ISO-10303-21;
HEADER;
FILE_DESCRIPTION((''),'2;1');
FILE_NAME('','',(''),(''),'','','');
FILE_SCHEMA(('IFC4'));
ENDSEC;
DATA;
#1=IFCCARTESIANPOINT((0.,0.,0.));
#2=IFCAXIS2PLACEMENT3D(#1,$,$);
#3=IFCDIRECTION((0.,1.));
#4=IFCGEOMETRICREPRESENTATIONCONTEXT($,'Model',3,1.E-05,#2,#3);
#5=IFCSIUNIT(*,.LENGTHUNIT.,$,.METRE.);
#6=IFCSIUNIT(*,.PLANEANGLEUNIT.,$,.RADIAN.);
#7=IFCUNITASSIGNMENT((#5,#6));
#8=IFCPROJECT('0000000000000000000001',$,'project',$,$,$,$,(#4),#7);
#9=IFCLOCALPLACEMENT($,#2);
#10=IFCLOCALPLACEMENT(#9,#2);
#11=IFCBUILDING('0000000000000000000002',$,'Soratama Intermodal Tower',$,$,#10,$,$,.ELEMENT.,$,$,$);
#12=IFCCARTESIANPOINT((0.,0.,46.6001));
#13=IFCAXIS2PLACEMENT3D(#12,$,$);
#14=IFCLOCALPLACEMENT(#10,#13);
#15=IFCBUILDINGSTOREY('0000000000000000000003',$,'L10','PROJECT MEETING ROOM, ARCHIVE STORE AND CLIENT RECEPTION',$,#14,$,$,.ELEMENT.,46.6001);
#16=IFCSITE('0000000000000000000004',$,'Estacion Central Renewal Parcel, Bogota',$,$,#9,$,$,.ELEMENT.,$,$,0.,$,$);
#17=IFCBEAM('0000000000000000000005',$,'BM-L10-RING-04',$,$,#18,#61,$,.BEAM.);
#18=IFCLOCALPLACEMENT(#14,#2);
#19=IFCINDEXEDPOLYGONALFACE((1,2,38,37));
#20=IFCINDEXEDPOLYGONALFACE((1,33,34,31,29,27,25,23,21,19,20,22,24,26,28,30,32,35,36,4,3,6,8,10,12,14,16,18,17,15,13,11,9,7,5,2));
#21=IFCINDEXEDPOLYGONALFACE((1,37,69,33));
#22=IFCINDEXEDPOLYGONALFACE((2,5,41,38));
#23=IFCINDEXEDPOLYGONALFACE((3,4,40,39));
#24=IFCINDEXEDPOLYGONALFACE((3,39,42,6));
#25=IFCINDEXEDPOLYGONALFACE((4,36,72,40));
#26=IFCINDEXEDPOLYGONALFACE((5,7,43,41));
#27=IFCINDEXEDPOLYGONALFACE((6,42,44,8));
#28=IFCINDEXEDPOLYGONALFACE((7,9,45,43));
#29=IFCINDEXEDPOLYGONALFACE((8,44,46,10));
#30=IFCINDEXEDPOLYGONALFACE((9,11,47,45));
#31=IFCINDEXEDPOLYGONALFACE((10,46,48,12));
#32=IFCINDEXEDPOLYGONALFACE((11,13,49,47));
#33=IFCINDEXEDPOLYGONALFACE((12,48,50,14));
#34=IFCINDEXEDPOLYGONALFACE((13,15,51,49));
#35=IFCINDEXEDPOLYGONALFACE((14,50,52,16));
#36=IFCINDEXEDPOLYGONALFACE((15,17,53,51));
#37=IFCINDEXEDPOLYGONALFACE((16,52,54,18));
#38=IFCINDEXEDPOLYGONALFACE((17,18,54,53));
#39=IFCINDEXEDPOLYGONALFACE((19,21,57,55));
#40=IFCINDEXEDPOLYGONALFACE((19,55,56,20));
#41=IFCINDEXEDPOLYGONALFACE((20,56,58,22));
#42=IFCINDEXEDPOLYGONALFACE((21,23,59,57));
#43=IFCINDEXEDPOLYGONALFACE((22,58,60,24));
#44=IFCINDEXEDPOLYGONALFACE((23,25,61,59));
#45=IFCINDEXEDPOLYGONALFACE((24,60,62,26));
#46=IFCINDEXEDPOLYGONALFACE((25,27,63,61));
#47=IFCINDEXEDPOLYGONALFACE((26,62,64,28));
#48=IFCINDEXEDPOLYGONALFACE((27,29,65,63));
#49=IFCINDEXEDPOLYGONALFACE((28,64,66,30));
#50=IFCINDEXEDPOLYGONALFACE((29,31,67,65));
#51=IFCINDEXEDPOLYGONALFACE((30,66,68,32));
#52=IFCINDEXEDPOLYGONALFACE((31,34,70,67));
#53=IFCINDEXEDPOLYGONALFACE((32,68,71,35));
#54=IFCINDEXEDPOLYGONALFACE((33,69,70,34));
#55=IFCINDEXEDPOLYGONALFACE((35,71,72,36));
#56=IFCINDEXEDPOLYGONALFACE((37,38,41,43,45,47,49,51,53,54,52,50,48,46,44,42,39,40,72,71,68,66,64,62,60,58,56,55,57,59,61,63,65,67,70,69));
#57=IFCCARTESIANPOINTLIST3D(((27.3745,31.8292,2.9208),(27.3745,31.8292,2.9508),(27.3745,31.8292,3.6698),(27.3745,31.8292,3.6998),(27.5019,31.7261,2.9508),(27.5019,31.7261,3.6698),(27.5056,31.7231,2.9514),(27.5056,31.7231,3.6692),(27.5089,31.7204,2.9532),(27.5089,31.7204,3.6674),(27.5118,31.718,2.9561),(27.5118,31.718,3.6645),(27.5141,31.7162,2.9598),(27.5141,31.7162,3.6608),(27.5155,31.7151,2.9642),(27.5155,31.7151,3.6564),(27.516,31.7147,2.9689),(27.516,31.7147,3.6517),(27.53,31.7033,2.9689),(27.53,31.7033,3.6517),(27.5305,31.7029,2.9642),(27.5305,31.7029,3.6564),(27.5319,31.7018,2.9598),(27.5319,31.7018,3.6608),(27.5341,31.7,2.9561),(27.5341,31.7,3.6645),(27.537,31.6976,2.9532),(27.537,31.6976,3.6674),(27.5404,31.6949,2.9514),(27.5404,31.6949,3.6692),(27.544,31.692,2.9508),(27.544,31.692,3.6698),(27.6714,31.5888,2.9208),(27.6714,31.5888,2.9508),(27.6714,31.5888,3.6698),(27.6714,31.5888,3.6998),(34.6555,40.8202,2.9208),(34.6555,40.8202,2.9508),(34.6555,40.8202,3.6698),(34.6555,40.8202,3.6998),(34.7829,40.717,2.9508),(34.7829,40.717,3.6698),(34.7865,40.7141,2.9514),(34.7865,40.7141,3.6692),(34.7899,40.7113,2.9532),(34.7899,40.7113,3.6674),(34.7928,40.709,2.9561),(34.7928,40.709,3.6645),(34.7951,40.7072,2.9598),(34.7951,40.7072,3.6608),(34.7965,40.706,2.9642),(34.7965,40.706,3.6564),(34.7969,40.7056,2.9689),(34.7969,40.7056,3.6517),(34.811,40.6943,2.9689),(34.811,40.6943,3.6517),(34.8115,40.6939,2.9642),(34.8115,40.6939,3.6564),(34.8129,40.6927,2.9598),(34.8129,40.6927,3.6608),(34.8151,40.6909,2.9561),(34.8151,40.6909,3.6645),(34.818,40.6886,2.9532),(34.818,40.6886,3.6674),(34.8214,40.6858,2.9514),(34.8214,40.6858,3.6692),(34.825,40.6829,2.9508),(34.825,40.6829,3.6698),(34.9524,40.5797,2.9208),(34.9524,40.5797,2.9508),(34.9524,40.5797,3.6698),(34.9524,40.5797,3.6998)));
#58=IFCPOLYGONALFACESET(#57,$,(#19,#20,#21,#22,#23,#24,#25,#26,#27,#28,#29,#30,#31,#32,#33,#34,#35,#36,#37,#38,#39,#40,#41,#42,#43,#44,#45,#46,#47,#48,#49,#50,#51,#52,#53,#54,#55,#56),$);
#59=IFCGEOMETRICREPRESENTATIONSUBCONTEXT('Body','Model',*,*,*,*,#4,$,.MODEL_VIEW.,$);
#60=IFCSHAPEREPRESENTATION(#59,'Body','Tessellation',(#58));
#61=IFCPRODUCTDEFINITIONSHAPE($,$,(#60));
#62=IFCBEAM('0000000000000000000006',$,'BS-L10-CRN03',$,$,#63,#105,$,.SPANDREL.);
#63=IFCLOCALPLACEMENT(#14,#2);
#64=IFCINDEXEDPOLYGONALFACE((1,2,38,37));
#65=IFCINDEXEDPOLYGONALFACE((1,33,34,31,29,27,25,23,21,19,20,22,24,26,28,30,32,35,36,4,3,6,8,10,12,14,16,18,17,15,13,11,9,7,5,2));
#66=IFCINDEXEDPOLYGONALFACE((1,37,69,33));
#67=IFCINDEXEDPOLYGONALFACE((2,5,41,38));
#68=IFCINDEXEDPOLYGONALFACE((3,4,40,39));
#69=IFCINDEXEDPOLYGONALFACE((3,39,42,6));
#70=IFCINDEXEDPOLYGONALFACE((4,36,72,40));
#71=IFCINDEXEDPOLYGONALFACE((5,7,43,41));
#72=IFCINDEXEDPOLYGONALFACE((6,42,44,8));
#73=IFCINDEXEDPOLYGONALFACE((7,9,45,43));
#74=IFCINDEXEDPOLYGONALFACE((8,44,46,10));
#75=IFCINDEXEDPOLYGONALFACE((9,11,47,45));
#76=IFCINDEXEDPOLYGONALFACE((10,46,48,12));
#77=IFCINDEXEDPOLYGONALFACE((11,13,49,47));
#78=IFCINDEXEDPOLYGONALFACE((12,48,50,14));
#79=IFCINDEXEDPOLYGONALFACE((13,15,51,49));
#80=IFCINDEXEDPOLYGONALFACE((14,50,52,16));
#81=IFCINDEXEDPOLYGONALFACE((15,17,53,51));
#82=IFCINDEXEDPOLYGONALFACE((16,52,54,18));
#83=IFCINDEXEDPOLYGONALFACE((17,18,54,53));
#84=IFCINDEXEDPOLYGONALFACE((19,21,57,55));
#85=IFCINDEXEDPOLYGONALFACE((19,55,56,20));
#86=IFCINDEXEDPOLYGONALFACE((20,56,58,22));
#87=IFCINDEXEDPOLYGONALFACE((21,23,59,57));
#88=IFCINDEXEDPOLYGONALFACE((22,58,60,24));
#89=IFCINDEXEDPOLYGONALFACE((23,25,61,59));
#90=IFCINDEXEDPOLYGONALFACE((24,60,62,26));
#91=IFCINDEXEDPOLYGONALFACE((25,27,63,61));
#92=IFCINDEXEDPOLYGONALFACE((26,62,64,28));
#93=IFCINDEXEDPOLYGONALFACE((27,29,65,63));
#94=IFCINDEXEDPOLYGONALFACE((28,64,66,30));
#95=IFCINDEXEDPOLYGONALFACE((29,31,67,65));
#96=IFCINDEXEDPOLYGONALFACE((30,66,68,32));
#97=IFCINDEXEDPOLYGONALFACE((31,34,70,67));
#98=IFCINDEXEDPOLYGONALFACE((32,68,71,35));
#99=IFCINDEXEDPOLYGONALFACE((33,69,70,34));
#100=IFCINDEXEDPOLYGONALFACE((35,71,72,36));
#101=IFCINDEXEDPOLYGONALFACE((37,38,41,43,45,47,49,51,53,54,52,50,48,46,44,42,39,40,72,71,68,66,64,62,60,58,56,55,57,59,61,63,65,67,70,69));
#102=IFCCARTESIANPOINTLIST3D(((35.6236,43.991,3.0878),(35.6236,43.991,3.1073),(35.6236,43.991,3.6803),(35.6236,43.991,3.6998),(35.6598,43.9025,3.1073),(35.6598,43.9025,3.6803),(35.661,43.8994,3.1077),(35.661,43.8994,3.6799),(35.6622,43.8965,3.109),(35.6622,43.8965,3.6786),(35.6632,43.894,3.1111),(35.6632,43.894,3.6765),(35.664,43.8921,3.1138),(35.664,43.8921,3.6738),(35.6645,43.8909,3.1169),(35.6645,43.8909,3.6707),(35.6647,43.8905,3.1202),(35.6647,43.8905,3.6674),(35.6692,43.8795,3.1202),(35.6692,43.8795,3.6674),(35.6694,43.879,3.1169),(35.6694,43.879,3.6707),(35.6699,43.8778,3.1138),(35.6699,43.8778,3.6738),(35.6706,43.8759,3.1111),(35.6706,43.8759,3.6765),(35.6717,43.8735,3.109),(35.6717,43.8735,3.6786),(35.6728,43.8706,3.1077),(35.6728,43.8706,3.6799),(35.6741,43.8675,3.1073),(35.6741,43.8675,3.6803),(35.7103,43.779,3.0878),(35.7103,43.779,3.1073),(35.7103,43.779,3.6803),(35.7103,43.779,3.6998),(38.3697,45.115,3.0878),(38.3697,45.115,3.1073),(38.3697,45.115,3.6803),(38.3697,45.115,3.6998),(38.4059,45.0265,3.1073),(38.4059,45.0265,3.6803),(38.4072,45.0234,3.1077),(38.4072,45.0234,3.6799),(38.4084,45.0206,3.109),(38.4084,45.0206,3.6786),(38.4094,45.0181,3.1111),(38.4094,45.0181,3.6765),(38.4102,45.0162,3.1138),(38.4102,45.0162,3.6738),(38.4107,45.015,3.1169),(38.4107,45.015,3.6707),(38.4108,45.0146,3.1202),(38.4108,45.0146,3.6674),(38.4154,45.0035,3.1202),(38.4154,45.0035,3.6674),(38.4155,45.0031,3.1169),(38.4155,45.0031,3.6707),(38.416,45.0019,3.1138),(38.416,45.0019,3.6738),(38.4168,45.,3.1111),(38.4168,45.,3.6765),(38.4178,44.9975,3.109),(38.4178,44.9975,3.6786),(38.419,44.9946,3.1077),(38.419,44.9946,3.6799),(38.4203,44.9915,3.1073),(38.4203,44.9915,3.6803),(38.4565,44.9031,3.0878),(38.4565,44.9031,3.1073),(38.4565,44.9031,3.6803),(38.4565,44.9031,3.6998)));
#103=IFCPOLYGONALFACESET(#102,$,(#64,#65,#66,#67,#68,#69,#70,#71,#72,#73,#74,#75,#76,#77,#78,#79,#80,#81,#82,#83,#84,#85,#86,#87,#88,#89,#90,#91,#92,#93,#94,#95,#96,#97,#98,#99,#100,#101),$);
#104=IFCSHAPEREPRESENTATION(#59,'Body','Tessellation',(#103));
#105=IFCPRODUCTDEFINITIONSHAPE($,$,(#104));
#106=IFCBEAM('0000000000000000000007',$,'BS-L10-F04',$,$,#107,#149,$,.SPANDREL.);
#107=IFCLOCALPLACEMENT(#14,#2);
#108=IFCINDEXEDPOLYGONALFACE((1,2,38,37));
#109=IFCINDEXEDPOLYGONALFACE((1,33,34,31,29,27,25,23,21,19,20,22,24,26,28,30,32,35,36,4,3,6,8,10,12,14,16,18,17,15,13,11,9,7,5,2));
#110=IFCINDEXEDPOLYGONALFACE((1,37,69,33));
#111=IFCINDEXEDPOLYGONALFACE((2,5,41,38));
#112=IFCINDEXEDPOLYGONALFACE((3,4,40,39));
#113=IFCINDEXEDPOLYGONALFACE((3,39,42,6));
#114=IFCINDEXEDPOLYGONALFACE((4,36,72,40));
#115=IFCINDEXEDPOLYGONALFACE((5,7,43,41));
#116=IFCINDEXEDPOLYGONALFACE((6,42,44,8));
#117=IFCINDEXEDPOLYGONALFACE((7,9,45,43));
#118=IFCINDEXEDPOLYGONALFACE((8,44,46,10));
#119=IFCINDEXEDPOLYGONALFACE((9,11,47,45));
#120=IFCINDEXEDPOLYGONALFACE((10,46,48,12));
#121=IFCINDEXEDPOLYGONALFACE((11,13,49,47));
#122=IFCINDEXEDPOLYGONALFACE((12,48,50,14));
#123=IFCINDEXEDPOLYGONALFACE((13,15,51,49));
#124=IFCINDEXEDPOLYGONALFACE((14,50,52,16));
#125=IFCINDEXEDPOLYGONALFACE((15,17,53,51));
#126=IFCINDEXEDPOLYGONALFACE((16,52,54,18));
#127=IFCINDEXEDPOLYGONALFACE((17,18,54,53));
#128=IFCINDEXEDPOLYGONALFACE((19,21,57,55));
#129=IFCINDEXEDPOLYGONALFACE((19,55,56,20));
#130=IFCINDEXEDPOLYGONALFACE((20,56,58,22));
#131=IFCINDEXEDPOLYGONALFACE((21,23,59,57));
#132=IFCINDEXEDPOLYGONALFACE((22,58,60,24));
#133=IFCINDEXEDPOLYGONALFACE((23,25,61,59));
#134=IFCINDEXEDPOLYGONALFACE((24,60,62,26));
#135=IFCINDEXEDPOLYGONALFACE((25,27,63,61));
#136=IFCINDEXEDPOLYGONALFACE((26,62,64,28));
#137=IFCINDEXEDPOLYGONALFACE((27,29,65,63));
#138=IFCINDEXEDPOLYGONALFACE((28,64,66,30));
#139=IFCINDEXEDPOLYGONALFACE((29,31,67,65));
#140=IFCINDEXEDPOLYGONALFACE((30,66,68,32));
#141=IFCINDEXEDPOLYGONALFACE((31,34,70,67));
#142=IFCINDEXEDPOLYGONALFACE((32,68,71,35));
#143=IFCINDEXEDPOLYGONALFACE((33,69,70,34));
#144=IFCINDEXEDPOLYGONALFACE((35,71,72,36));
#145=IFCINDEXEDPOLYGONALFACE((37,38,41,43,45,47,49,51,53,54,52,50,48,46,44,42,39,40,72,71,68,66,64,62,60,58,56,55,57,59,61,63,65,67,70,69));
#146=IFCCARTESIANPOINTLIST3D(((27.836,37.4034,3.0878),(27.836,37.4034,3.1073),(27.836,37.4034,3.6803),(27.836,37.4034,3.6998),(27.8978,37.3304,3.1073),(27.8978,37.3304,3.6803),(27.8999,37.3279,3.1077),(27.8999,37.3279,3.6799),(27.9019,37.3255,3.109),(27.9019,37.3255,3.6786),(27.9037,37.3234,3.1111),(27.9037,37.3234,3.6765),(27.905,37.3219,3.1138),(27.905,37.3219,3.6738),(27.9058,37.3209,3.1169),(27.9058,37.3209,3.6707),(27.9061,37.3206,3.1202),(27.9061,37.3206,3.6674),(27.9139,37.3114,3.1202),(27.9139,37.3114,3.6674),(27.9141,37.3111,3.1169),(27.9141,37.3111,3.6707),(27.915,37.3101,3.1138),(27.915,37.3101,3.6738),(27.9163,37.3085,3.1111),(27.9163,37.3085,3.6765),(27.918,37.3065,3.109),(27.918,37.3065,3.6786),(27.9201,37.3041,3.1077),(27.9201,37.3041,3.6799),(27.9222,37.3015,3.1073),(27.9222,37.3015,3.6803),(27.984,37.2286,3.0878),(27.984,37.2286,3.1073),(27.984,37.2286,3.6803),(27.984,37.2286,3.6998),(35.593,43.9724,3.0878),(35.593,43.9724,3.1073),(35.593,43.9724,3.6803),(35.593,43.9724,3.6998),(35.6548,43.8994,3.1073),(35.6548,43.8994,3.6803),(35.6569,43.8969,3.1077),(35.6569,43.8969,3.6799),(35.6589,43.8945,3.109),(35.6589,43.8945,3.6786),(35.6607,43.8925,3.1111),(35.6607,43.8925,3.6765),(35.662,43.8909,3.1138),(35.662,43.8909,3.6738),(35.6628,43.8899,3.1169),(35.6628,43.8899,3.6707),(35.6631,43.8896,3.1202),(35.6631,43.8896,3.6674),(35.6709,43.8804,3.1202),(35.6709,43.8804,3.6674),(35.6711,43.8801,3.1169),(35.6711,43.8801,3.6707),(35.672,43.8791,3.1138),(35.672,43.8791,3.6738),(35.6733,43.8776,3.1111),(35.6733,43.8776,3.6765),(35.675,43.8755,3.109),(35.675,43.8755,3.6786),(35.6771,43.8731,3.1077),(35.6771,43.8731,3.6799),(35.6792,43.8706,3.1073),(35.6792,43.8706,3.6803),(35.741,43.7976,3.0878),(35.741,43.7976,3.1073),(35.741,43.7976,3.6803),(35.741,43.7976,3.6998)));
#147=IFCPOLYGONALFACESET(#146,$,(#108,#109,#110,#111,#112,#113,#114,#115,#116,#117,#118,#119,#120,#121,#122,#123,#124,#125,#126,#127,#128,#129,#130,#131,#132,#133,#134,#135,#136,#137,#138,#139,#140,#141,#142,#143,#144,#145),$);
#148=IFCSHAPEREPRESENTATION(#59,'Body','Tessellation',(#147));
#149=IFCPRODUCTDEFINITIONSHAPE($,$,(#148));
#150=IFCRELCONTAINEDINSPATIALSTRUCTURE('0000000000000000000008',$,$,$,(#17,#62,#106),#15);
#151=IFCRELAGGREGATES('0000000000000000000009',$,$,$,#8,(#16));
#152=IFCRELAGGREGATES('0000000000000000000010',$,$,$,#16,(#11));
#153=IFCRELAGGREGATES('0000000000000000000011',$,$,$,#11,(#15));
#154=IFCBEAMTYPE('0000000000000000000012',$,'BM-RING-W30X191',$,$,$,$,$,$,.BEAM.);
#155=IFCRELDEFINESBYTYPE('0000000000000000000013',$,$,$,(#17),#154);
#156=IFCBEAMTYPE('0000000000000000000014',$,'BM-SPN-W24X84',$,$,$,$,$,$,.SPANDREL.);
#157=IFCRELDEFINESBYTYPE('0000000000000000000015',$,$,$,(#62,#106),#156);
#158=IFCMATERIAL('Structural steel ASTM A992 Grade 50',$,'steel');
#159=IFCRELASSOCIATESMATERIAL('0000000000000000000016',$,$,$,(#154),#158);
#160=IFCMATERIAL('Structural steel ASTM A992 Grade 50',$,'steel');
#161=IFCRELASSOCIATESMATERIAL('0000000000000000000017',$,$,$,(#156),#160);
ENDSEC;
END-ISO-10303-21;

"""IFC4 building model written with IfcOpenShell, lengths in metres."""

from ifc_helpers import new_model, si_unit, direction, frame, origin, origin_2d, place, context, subcontext, project, spatial, i_section, extrude, material, material_profile, profile_set, type_object, element, save


model = new_model("IFC4")

# Units and contexts
model_context = context("Model", 3, precision=1e-05, world=origin(), true_north=direction((0.0, 1.0)))
body_context = subcontext(model_context, "Body", "Model", "MODEL_VIEW")
ifc_project = project(units=[si_unit("LENGTHUNIT", "METRE"), si_unit("PLANEANGLEUNIT", "RADIAN")], contexts=[model_context])

# Site, building, storey
site_placement = place(None, origin())
site = spatial("IfcSite", under=ifc_project, at=site_placement, Name="Estacion Central Renewal Parcel, Bogota", CompositionType="ELEMENT", RefElevation=0.0)
building_placement = place(site_placement, origin())
building = spatial("IfcBuilding", under=site, at=building_placement, Name="Soratama Intermodal Tower", CompositionType="ELEMENT")
storey_placement = place(building_placement, frame((0.0, 0.0, 46.6001)))
storey = spatial("IfcBuildingStorey", under=building, at=storey_placement, Name="L10", Description="PROJECT MEETING ROOM, ARCHIVE STORE AND CLIENT RECEPTION", CompositionType="ELEMENT", Elevation=46.6001)

# Beams
ifc_material_1 = material(Name="Structural steel ASTM A992 Grade 50", Category="steel")
ifc_material_profile_1 = material_profile(ifc_material_1, i_section(OverallWidth=0.3821, OverallDepth=0.7791, WebThickness=0.0181, FlangeThickness=0.03, FilletRadius=0.0181, at=origin_2d()), Name="W30X191")
ifc_profile_set_1 = profile_set([ifc_material_profile_1], Name="Structural steel ASTM A992 Grade 50")
beam_type_1 = type_object("IfcBeamType", Name="BM-RING-W30X191", PredefinedType="BEAM", material=ifc_profile_set_1)
beam_1_placement = place(storey_placement, frame((34.804, 40.7, 3.3103), z_axis=(-0.629334, -0.777135, 0.0), x_axis=(0.777135, -0.629334, 0.0)))
element("IfcBeam", 1, at=beam_1_placement, inside=storey, type_object=beam_type_1, Name="BM-L10-RING-04", PredefinedType="BEAM", context=body_context, shape_type="SweptSolid", body=[
    extrude(i_section(OverallWidth=0.3821, OverallDepth=0.7791, WebThickness=0.0181, FlangeThickness=0.03, FilletRadius=0.0181, at=origin_2d()), origin(), (0.0, 0.0, 1.0), 11.5693),
])
ifc_material_2 = material(Name="Structural steel ASTM A992 Grade 50", Category="steel")
ifc_material_profile_2 = material_profile(ifc_material_2, i_section(OverallWidth=0.229, OverallDepth=0.6121, WebThickness=0.012, FlangeThickness=0.0195, FilletRadius=0.0129, at=origin_2d()), Name="W24X84")
ifc_profile_set_2 = profile_set([ifc_material_profile_2], Name="Structural steel ASTM A992 Grade 50")
beam_type_2 = type_object("IfcBeamType", Name="BM-SPN-W24X84", PredefinedType="SPANDREL", material=ifc_profile_set_2)
beam_2_placement = place(storey_placement, frame((38.4131, 45.009, 3.3938), z_axis=(-0.925474, -0.378812, 0.0), x_axis=(0.378812, -0.925474, 0.0)))
element("IfcBeam", 2, at=beam_2_placement, inside=storey, type_object=beam_type_2, Name="BS-L10-CRN03", PredefinedType="SPANDREL", context=body_context, shape_type="SweptSolid", body=[
    extrude(i_section(OverallWidth=0.229, OverallDepth=0.6121, WebThickness=0.012, FlangeThickness=0.0195, FilletRadius=0.0129, at=origin_2d()), origin(), (0.0, 0.0, 1.0), 2.9673),
])
beam_3_placement = place(storey_placement, frame((35.667, 43.885, 3.3938), z_axis=(-0.763124, -0.646252, 0.0), x_axis=(0.646252, -0.763124, 0.0)))
element("IfcBeam", 3, at=beam_3_placement, inside=storey, type_object=beam_type_2, Name="BS-L10-F04", PredefinedType="SPANDREL", context=body_context, shape_type="SweptSolid", body=[
    extrude(i_section(OverallWidth=0.229, OverallDepth=0.6121, WebThickness=0.012, FlangeThickness=0.0195, FilletRadius=0.0129, at=origin_2d()), origin(), (0.0, 0.0, 1.0), 10.1648),
])

save(model, "model.ifc")
